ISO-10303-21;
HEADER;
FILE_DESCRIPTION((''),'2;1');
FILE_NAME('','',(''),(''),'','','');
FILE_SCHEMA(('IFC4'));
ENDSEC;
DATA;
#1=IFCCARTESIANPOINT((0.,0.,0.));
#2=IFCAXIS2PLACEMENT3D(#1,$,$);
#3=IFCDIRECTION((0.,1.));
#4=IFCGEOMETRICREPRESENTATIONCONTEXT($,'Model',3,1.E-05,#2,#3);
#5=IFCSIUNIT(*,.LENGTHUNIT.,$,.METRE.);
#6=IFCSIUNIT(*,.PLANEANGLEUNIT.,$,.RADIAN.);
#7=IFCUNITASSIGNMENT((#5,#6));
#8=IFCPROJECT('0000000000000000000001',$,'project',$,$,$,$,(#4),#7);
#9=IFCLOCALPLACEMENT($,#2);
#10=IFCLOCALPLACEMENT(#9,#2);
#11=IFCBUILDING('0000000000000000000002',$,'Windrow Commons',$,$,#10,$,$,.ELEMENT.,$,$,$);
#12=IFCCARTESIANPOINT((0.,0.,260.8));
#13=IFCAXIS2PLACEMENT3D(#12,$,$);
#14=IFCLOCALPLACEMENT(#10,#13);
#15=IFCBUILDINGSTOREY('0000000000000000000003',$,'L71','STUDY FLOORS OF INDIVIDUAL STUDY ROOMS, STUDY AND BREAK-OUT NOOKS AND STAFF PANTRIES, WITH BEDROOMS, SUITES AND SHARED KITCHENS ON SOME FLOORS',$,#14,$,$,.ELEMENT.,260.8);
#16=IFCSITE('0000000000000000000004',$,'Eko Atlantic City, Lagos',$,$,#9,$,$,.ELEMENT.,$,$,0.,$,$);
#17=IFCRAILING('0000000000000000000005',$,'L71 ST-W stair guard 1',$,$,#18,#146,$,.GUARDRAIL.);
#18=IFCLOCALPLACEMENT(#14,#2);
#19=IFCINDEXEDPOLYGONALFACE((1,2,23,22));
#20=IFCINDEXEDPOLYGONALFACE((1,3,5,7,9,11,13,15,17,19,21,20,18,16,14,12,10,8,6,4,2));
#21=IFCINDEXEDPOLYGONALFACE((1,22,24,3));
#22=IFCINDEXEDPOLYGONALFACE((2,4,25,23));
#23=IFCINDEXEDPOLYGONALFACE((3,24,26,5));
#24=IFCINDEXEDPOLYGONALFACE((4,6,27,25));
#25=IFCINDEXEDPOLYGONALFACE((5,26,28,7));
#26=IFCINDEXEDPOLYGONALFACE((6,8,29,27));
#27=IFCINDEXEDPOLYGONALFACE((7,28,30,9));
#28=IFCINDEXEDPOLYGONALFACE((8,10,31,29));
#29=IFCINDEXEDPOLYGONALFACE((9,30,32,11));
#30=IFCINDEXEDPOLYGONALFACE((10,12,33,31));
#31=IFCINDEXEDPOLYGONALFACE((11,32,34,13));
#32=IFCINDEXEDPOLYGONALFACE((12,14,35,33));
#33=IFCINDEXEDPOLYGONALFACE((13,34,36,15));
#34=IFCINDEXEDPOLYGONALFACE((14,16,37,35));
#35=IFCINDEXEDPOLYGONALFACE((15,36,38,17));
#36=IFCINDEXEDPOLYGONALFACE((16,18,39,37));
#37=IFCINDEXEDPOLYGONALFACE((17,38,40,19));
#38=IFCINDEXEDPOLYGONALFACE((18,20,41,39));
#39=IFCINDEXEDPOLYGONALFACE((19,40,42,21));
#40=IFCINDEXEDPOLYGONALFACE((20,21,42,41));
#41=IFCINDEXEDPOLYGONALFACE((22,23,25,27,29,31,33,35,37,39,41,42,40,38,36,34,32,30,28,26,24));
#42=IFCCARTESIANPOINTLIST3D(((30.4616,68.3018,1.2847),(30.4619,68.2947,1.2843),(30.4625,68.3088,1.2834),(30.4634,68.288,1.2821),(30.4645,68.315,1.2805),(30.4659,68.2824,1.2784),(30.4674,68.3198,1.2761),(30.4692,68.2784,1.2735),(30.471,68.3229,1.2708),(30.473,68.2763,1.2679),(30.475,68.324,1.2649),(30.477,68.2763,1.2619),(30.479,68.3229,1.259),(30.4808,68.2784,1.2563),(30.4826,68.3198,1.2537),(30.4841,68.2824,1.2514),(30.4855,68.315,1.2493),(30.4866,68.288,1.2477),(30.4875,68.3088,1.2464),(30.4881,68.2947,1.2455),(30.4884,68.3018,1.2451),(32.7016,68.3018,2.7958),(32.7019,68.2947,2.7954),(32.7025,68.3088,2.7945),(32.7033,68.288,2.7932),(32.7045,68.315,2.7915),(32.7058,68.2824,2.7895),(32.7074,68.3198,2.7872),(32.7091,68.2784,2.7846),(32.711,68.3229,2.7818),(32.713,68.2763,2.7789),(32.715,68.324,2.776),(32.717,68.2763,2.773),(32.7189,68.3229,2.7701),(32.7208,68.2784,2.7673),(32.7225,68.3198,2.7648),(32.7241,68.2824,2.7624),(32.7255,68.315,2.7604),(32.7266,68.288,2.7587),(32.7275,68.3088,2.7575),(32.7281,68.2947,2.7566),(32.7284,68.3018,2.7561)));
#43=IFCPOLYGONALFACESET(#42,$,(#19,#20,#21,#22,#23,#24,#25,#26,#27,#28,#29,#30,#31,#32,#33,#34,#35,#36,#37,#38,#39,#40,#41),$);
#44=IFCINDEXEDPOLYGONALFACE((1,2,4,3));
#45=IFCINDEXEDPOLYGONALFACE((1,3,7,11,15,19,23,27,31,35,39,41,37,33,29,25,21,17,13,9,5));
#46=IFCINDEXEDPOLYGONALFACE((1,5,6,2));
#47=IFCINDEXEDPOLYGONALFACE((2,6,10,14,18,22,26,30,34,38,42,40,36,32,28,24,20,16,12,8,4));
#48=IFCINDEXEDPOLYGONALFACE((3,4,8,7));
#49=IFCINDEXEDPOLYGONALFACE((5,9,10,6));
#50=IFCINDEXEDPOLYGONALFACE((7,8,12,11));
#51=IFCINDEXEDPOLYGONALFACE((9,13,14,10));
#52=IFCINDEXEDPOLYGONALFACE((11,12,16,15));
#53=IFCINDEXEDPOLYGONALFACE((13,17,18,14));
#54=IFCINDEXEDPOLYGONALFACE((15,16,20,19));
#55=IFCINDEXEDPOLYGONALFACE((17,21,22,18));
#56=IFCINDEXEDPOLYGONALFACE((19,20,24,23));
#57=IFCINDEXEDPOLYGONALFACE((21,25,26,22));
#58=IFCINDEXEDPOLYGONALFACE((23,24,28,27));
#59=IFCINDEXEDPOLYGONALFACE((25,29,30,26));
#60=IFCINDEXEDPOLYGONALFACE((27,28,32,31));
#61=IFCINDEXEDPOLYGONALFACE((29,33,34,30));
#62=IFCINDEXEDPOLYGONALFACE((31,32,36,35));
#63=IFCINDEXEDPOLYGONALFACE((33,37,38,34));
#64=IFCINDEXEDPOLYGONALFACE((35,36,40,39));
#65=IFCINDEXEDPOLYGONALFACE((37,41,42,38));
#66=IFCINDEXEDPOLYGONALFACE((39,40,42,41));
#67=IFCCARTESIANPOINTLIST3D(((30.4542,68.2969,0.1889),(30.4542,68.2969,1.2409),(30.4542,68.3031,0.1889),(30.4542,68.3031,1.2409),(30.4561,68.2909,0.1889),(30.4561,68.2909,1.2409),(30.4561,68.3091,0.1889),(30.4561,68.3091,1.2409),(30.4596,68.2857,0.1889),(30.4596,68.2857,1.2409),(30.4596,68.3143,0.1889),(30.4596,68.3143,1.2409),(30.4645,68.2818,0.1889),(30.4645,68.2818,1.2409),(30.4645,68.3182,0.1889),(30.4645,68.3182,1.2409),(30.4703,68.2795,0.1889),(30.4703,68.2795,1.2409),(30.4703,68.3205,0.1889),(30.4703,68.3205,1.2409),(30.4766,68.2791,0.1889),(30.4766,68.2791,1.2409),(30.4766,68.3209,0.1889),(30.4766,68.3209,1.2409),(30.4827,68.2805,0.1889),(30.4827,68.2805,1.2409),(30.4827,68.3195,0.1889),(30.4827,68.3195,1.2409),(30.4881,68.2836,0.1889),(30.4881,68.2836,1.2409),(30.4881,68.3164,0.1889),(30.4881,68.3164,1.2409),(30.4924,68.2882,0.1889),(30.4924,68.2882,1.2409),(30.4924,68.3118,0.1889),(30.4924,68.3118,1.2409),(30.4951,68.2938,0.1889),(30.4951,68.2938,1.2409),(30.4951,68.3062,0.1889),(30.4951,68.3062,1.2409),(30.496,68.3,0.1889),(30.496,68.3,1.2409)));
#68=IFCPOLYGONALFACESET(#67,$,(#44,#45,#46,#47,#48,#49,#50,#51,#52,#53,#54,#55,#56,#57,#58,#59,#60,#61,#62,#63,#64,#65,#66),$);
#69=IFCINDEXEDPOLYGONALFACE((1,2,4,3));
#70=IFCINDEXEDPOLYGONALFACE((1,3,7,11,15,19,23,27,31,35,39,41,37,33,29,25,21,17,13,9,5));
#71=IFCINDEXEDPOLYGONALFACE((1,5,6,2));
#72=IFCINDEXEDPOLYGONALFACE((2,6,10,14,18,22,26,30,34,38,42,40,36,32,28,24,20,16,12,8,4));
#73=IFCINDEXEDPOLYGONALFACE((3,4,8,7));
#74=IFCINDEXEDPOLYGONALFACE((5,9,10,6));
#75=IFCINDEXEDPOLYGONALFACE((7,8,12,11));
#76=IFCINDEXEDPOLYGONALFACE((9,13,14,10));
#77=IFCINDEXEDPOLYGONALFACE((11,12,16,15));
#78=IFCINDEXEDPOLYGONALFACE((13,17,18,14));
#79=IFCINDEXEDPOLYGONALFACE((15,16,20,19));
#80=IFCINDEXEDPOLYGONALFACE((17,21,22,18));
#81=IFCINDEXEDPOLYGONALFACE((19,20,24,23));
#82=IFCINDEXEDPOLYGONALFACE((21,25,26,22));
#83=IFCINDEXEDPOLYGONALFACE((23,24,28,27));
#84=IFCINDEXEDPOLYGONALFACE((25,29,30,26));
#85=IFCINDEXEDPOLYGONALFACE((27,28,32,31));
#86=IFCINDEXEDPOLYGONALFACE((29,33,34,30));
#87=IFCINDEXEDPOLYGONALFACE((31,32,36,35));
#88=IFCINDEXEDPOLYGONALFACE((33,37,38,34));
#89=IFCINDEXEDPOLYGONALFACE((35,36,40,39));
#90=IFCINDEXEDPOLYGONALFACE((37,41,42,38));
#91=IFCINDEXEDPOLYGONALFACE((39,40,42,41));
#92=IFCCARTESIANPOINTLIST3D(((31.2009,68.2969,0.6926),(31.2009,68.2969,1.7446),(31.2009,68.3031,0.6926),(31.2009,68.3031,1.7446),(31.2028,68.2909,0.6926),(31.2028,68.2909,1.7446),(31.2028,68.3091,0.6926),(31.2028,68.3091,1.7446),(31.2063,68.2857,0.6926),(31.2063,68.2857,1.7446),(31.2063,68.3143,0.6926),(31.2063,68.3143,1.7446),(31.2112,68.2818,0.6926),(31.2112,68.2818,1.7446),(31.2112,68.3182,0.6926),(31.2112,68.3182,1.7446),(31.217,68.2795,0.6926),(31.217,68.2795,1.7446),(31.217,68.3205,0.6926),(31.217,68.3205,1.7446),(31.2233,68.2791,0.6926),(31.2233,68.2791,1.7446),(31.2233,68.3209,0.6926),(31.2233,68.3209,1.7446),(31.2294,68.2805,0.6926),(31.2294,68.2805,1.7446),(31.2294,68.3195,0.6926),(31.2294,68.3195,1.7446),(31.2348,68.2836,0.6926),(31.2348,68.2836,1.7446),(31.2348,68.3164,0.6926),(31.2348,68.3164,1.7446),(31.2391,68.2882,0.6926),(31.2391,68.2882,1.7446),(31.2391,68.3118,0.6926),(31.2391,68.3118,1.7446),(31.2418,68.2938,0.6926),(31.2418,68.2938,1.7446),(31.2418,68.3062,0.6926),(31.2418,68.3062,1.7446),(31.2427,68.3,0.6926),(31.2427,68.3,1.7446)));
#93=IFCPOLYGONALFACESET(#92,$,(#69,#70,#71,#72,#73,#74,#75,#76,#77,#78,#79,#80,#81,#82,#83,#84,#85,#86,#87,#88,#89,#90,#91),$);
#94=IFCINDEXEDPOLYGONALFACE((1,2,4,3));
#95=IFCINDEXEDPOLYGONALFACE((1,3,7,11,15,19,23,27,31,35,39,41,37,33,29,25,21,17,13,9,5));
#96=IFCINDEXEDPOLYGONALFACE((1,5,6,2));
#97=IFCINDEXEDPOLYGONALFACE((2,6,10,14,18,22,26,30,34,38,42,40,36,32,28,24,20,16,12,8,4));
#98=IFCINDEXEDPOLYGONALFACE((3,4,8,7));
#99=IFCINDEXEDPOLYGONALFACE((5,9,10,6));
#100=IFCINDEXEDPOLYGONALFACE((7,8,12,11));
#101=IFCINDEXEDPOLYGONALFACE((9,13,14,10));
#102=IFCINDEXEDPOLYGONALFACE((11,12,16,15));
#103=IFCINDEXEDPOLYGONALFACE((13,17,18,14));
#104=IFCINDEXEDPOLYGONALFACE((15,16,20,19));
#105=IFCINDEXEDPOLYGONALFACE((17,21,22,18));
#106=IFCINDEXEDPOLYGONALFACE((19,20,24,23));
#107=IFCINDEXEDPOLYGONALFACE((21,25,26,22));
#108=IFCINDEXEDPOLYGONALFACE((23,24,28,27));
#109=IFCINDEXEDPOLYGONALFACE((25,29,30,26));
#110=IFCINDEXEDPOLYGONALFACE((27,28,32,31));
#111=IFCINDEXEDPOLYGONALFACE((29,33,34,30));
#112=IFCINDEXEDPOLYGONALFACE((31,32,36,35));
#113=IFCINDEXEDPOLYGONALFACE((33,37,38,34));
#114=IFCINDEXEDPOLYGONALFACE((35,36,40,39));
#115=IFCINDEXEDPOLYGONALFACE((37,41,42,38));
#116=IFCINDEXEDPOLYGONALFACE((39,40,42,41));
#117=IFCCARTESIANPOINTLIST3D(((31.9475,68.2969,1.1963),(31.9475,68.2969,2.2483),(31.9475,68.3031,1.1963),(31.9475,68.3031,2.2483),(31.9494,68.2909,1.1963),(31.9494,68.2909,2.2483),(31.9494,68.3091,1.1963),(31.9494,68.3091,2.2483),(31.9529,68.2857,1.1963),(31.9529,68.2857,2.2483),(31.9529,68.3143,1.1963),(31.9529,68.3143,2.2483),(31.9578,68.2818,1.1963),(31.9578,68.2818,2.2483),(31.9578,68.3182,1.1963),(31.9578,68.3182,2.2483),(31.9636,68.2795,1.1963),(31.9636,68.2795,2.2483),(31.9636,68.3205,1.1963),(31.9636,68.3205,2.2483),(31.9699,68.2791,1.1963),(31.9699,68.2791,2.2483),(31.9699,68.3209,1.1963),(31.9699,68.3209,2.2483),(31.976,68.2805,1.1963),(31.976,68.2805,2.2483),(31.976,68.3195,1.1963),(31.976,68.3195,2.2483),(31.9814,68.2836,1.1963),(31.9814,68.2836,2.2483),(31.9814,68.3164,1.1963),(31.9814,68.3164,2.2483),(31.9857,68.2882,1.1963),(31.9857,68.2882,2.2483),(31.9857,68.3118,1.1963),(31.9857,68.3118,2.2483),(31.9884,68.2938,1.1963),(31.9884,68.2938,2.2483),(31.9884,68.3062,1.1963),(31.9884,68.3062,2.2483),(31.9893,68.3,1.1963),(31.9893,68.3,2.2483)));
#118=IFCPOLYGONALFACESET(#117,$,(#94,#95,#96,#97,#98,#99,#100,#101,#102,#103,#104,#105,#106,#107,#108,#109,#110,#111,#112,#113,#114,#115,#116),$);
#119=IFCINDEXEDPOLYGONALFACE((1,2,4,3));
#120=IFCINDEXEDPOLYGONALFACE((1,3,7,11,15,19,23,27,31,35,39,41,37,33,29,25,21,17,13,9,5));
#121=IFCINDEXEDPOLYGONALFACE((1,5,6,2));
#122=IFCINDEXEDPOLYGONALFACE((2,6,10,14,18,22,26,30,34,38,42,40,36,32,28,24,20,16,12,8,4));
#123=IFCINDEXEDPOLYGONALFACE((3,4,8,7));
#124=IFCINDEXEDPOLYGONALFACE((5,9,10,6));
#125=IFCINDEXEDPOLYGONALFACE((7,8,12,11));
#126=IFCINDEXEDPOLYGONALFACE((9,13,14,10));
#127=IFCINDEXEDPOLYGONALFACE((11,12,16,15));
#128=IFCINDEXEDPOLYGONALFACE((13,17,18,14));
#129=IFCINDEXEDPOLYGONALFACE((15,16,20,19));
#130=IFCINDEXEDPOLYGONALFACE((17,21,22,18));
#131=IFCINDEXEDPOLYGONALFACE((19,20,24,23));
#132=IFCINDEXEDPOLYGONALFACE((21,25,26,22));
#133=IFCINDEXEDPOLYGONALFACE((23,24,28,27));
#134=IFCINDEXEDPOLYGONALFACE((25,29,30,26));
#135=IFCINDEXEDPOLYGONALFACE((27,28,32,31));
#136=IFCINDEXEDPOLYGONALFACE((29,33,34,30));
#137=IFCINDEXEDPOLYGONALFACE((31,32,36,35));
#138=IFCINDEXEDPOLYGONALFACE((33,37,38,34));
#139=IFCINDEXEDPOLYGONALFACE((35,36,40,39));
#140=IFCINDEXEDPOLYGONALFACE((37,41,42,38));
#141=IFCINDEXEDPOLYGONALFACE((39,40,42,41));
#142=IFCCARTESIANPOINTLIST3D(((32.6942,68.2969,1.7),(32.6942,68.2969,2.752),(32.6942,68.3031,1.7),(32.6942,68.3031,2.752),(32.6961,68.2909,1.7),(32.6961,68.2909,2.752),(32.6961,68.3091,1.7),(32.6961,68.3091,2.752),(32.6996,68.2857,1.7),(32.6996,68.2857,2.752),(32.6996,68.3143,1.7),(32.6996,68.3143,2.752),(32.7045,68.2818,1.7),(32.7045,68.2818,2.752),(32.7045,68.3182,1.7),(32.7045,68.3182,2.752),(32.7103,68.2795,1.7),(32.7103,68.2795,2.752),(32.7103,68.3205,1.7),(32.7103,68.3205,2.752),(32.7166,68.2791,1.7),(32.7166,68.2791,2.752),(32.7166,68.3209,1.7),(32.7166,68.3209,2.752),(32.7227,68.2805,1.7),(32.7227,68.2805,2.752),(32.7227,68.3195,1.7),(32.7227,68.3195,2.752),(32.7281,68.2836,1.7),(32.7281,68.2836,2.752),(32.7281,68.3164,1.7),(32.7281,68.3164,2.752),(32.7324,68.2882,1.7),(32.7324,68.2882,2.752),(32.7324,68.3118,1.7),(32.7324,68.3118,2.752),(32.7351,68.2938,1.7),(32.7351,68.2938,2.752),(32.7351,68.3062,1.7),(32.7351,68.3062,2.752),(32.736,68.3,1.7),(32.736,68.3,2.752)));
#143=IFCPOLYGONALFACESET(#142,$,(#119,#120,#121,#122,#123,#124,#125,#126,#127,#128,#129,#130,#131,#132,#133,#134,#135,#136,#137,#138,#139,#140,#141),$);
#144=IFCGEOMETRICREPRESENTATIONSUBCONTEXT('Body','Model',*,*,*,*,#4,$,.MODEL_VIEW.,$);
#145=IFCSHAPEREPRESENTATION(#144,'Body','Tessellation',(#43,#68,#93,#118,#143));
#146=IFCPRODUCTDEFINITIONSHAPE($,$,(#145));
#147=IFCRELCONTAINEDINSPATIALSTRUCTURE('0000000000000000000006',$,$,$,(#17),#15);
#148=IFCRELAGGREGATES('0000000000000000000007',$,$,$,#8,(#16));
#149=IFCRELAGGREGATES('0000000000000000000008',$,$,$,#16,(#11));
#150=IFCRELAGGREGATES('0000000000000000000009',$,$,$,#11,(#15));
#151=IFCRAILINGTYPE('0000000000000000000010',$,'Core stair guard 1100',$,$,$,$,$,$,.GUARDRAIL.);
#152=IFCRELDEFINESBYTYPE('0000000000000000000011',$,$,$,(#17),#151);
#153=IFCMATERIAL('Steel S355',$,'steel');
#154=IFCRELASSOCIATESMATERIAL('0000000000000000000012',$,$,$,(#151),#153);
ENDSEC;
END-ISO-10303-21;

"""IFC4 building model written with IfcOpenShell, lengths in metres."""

from ifc_helpers import new_model, si_unit, direction, frame, origin, origin_2d, place, context, subcontext, project, spatial, circle, extrude, material, type_object, element, save


model = new_model("IFC4")

# Units and contexts
model_context = context("Model", 3, precision=1e-05, world=origin(), true_north=direction((0.0, 1.0)))
body_context = subcontext(model_context, "Body", "Model", "MODEL_VIEW")
ifc_project = project(units=[si_unit("LENGTHUNIT", "METRE"), si_unit("PLANEANGLEUNIT", "RADIAN")], contexts=[model_context])

# Site, building, storey
site_placement = place(None, origin())
site = spatial("IfcSite", under=ifc_project, at=site_placement, Name="Eko Atlantic City, Lagos", CompositionType="ELEMENT", RefElevation=0.0)
building_placement = place(site_placement, origin())
building = spatial("IfcBuilding", under=site, at=building_placement, Name="Windrow Commons", CompositionType="ELEMENT")
storey_placement = place(building_placement, frame((0.0, 0.0, 260.8)))
storey = spatial("IfcBuildingStorey", under=building, at=storey_placement, Name="L71", Description="STUDY FLOORS OF INDIVIDUAL STUDY ROOMS, STUDY AND BREAK-OUT NOOKS AND STAFF PANTRIES, WITH BEDROOMS, SUITES AND SHARED KITCHENS ON SOME FLOORS", CompositionType="ELEMENT", Elevation=260.8)

# Railing
ifc_material_1 = material(Name="Steel S355", Category="steel")
railing_type_1 = type_object("IfcRailingType", Name="Core stair guard 1100", PredefinedType="GUARDRAIL", material=ifc_material_1)
railing_1_placement = place(storey_placement, frame((30.475, 68.3, 0.1889)))
element("IfcRailing", 1, at=railing_1_placement, inside=storey, type_object=railing_type_1, Name="L71 ST-W stair guard 1", PredefinedType="GUARDRAIL", context=body_context, shape_type="SweptSolid", body=[
    extrude(circle(Radius=0.024, at=origin_2d()), frame((0.0, 0.0, 1.076), z_axis=(0.829003, 0.0, 0.559244), x_axis=(0.0, 1.0, 0.0)), (0.0, 0.0, 1.0), 2.702),
    extrude(circle(Radius=0.021, at=origin_2d()), origin(), (0.0, 0.0, 1.0), 1.052),
    extrude(circle(Radius=0.021, at=origin_2d()), frame((0.7467, 0.0, 0.5037)), (0.0, 0.0, 1.0), 1.052),
    extrude(circle(Radius=0.021, at=origin_2d()), frame((1.4933, 0.0, 1.0074)), (0.0, 0.0, 1.0), 1.052),
    extrude(circle(Radius=0.021, at=origin_2d()), frame((2.24, 0.0, 1.5111)), (0.0, 0.0, 1.0), 1.052),
])

save(model, "model.ifc")
